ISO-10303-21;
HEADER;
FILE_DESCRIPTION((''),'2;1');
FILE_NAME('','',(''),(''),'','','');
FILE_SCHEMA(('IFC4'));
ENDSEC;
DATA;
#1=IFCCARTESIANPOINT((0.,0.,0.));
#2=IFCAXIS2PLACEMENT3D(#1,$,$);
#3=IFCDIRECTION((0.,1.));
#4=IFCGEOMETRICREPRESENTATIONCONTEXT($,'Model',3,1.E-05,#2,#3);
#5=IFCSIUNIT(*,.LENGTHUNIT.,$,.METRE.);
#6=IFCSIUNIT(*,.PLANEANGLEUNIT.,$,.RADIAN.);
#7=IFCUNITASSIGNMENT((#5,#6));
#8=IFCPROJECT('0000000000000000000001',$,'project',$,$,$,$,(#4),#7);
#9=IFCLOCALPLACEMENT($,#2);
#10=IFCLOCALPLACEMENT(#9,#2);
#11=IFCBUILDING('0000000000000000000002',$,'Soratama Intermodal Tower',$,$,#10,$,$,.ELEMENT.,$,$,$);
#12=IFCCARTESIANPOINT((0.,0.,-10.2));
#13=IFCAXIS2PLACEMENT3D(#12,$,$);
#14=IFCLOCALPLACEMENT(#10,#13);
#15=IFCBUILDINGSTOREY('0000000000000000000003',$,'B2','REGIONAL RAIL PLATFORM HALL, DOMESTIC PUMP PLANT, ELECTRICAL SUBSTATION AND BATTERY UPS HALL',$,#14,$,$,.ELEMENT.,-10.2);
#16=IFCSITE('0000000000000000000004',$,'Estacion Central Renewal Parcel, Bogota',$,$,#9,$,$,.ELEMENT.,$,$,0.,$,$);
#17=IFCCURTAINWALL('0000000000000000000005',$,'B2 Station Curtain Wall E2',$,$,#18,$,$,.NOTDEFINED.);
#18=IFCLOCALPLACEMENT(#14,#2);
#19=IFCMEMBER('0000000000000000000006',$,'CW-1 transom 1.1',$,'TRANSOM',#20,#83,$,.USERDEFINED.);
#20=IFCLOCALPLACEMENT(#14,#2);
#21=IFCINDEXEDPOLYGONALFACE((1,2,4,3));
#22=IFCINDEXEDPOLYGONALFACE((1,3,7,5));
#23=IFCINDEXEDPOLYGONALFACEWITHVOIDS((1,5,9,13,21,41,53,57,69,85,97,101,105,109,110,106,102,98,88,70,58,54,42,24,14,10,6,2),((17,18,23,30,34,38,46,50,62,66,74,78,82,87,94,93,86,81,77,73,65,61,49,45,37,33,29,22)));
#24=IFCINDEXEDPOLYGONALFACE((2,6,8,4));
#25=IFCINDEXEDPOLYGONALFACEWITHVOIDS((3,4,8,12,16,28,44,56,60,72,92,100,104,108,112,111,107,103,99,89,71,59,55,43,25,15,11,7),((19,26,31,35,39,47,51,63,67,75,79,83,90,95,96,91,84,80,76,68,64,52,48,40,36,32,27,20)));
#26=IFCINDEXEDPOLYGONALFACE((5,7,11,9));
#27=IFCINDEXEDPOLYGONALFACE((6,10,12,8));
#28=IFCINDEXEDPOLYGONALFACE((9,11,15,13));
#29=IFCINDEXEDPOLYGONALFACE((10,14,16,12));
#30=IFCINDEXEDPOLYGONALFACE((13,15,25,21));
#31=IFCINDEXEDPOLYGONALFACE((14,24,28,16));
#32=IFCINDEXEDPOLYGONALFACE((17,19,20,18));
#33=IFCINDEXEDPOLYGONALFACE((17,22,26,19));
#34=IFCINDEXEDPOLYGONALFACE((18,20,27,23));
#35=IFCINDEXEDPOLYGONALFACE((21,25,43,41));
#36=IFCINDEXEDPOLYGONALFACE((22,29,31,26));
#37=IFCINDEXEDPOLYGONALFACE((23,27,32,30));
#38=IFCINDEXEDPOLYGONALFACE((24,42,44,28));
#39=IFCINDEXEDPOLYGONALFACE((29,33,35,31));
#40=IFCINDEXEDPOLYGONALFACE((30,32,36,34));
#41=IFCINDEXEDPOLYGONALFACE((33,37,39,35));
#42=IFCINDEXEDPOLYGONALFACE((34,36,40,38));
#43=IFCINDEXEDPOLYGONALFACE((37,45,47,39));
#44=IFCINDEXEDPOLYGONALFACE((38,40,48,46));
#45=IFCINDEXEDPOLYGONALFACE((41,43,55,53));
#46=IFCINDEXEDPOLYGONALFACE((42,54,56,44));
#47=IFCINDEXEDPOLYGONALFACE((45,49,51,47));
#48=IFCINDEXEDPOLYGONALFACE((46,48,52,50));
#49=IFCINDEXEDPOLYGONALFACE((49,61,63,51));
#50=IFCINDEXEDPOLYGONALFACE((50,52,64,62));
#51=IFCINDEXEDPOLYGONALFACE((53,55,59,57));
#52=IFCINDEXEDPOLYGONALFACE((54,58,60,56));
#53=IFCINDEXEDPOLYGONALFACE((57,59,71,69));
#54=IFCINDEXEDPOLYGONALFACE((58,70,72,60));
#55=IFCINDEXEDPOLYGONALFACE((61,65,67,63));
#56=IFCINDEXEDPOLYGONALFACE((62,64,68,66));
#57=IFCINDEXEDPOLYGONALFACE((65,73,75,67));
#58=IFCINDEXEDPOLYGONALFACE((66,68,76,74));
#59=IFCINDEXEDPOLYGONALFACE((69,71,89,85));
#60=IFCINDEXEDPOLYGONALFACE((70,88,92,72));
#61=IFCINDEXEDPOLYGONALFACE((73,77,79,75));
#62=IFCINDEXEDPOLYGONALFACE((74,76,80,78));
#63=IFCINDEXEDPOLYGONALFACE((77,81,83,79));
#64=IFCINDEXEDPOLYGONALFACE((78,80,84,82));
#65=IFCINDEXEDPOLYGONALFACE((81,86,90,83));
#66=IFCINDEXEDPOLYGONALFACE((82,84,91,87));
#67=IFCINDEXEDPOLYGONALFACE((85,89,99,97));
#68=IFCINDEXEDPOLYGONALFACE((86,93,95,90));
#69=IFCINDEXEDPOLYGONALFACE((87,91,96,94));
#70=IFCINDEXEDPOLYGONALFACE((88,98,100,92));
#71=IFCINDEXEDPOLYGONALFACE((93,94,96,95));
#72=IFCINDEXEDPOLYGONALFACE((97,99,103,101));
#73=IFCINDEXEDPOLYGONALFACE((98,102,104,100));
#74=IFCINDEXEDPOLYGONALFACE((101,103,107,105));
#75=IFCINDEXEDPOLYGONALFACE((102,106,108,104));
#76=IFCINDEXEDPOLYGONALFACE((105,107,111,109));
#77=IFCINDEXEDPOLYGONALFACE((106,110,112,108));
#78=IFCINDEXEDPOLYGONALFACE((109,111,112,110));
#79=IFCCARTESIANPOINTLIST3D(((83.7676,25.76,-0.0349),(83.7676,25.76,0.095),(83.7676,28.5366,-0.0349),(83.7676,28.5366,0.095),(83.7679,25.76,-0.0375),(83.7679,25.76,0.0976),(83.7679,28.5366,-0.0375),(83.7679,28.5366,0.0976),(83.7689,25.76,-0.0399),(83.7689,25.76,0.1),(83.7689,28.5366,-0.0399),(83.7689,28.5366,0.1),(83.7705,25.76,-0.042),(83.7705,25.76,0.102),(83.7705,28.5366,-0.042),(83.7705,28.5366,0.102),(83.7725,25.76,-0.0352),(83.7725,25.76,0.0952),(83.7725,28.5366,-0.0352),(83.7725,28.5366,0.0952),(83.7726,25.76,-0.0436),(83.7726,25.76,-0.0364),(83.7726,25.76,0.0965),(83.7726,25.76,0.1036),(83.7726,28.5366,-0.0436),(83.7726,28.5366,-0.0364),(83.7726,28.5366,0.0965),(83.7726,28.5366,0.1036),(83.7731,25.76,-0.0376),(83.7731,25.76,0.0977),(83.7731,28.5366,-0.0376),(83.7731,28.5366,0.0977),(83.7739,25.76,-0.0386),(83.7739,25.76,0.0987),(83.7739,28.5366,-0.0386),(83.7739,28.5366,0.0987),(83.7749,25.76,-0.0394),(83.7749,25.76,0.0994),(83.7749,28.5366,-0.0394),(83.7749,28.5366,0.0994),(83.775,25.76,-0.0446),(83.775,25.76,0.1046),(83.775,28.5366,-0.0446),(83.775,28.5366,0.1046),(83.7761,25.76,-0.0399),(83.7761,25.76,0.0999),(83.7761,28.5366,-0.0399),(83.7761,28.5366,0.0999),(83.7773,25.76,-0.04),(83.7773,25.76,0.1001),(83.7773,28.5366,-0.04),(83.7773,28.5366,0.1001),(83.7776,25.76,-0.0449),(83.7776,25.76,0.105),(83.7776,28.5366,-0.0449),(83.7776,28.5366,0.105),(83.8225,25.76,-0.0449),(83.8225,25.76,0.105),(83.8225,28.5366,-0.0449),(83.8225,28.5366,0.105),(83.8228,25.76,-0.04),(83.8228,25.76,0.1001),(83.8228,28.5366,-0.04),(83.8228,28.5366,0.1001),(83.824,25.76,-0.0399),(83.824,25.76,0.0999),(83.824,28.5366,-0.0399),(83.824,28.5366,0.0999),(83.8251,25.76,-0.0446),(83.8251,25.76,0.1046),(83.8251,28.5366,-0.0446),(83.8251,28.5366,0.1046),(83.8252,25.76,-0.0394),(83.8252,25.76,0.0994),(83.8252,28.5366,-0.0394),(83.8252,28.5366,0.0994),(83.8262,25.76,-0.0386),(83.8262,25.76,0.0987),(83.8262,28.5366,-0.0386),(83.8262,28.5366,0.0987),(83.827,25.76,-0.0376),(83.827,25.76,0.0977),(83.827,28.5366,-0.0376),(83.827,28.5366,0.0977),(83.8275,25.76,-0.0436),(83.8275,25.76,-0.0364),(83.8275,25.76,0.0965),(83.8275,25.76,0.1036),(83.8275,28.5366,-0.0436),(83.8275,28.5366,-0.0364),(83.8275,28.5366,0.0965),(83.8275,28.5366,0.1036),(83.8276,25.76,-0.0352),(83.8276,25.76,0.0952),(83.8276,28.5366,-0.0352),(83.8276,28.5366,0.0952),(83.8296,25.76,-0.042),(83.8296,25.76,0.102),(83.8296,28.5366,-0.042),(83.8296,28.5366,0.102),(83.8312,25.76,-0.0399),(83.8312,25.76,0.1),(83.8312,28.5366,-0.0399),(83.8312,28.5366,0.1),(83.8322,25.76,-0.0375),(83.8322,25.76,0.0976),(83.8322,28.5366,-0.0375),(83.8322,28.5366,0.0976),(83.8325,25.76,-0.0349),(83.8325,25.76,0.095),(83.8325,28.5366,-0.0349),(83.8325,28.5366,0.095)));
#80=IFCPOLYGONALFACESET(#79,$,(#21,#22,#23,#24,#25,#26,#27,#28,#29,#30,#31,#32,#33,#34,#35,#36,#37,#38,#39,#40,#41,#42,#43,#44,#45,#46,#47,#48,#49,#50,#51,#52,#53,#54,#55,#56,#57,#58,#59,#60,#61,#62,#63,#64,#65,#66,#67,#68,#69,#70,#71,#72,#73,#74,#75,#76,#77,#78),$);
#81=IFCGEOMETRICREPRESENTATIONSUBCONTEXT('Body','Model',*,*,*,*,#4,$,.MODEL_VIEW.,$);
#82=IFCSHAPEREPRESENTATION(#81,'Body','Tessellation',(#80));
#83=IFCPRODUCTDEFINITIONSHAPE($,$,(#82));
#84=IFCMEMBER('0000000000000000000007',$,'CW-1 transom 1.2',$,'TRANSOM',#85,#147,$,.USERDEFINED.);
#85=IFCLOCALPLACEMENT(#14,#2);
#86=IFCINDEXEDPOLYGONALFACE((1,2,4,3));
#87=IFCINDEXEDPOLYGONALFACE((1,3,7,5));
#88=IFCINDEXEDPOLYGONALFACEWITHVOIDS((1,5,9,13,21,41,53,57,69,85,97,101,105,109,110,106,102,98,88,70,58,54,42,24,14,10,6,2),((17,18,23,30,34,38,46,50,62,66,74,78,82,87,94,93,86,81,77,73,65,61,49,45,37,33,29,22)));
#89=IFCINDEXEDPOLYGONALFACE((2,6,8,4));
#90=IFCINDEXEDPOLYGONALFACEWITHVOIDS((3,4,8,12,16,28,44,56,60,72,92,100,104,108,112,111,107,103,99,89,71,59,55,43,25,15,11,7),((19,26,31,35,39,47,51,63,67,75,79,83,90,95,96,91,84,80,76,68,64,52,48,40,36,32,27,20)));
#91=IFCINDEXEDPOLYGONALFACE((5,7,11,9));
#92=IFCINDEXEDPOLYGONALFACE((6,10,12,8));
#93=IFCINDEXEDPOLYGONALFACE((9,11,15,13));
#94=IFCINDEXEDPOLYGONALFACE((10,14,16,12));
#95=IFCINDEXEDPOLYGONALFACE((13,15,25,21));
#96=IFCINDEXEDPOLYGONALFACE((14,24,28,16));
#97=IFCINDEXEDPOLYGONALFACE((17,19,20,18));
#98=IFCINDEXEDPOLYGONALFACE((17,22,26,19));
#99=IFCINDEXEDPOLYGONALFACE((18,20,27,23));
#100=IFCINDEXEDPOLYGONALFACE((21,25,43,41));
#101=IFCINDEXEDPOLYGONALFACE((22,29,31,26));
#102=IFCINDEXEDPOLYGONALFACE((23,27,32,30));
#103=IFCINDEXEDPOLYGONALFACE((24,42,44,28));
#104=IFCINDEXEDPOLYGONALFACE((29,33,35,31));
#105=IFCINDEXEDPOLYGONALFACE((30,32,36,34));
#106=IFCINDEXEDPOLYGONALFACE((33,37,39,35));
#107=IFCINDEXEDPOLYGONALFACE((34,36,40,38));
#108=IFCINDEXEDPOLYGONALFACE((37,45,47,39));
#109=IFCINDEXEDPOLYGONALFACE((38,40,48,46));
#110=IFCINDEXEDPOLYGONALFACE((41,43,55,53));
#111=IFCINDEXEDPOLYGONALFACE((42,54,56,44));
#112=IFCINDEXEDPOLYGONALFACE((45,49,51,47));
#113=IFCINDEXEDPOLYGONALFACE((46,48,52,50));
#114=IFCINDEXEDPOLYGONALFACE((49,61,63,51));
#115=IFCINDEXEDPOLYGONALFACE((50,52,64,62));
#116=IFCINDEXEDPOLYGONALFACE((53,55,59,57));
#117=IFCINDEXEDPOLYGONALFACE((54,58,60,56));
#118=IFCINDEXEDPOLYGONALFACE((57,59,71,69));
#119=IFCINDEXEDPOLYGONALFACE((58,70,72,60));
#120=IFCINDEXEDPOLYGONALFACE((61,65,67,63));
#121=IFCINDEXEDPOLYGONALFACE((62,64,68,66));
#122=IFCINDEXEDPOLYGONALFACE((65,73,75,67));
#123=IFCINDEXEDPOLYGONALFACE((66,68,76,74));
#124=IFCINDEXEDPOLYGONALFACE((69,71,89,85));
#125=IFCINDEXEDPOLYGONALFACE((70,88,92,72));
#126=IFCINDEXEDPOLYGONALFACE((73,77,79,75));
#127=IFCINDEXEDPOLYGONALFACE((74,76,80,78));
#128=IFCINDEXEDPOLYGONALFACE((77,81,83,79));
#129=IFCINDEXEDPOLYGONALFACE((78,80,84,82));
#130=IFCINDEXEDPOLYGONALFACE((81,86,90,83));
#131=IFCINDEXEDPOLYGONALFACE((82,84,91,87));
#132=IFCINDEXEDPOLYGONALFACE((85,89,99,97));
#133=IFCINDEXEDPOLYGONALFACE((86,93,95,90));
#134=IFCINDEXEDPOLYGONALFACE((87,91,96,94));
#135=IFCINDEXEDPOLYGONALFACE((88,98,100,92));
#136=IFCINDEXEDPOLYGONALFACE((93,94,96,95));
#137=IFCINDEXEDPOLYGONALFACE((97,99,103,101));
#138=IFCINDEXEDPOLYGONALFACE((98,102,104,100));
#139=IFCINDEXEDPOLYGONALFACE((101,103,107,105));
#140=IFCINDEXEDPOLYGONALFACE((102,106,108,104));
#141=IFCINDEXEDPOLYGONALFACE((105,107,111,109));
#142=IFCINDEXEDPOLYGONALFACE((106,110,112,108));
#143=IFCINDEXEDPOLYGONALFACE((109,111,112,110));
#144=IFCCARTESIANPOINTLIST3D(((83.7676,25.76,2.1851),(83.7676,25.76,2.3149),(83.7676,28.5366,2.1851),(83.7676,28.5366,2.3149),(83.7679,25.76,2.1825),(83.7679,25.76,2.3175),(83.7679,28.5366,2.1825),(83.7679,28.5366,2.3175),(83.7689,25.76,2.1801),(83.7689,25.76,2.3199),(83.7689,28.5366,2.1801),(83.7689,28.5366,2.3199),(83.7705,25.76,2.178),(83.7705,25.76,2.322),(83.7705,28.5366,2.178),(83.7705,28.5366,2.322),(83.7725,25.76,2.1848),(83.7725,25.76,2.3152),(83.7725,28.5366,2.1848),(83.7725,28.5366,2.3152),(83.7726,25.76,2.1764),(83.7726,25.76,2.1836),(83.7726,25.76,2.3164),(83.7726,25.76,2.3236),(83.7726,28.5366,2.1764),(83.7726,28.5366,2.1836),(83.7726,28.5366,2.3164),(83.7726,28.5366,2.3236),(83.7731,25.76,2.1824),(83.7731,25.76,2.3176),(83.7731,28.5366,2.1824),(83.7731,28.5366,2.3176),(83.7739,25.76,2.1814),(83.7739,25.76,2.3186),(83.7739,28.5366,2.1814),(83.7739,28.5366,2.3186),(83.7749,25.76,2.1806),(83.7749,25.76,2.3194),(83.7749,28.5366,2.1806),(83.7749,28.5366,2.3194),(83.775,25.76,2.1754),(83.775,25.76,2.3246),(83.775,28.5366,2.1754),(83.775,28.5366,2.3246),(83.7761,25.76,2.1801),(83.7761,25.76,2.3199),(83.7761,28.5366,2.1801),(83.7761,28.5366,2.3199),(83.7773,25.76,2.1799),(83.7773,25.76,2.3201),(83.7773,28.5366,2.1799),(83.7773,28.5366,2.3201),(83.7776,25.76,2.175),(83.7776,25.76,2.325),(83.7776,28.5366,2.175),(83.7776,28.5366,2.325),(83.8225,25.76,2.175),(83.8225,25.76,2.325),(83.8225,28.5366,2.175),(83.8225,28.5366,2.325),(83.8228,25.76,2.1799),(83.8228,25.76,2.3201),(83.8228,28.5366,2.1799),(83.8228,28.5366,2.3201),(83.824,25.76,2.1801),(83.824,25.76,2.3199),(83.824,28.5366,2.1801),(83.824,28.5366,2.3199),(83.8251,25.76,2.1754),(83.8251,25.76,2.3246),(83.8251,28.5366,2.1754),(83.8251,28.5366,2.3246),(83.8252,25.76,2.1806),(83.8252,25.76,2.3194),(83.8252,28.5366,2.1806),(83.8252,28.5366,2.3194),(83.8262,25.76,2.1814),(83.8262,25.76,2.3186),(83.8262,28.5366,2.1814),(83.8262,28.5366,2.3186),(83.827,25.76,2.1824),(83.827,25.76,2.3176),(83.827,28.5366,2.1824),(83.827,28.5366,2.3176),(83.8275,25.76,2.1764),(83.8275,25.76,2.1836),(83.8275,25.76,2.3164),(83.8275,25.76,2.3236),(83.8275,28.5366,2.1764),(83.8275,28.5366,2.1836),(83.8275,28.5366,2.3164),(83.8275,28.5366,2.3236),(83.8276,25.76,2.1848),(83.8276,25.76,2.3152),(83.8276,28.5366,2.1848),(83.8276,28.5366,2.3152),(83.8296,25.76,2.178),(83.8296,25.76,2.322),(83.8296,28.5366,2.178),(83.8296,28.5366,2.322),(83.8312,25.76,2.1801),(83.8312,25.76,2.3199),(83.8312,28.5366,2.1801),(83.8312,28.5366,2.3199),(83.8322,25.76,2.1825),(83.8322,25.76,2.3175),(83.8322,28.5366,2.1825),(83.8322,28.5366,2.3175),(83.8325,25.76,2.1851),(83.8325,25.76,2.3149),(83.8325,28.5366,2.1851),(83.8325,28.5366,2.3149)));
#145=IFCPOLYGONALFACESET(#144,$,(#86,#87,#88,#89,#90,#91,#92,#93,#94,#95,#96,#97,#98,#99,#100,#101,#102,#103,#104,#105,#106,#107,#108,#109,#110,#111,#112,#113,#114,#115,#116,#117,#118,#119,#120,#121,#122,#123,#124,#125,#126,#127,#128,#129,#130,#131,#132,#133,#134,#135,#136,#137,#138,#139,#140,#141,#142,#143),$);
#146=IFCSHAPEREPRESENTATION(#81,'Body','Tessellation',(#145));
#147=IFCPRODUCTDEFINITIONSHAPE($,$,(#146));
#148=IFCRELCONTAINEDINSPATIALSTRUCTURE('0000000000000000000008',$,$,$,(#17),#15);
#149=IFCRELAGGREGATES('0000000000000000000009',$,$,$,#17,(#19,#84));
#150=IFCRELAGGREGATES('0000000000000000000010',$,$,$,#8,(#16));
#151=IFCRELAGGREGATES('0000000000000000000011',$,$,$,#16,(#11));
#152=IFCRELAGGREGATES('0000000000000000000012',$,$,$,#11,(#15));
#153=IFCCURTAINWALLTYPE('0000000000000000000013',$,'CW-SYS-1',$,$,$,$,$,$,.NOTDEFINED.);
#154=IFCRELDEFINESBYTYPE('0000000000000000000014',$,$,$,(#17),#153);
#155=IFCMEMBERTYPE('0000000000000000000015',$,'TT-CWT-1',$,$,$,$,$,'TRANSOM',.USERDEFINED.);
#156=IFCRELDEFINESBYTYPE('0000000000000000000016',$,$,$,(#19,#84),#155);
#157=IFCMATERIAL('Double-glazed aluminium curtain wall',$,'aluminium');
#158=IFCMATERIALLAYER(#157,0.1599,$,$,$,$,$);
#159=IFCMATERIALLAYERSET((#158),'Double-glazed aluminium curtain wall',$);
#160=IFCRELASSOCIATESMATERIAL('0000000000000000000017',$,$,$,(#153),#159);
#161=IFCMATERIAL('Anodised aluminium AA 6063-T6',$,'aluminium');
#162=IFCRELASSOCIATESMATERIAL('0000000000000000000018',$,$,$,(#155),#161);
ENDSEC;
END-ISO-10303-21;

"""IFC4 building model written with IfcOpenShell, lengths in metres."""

from ifc_helpers import new_model, si_unit, direction, frame, origin, origin_2d, place, context, subcontext, project, spatial, hollow_rectangle, extrude, material, layer, layer_set, material_profile, profile_set, type_object, element, aggregate, save


model = new_model("IFC4")

# Units and contexts
model_context = context("Model", 3, precision=1e-05, world=origin(), true_north=direction((0.0, 1.0)))
body_context = subcontext(model_context, "Body", "Model", "MODEL_VIEW")
ifc_project = project(units=[si_unit("LENGTHUNIT", "METRE"), si_unit("PLANEANGLEUNIT", "RADIAN")], contexts=[model_context])

# Site, building, storey
site_placement = place(None, origin())
site = spatial("IfcSite", under=ifc_project, at=site_placement, Name="Estacion Central Renewal Parcel, Bogota", CompositionType="ELEMENT", RefElevation=0.0)
building_placement = place(site_placement, origin())
building = spatial("IfcBuilding", under=site, at=building_placement, Name="Soratama Intermodal Tower", CompositionType="ELEMENT")
storey_placement = place(building_placement, frame((0.0, 0.0, -10.2)))
storey = spatial("IfcBuildingStorey", under=building, at=storey_placement, Name="B2", Description="REGIONAL RAIL PLATFORM HALL, DOMESTIC PUMP PLANT, ELECTRICAL SUBSTATION AND BATTERY UPS HALL", CompositionType="ELEMENT", Elevation=-10.2)

# Curtain wall, members
ifc_material_1 = material(Name="Double-glazed aluminium curtain wall", Category="aluminium")
ifc_layer_1 = layer(ifc_material_1, 0.1599)
ifc_layer_set_1 = layer_set([ifc_layer_1], Name="Double-glazed aluminium curtain wall")
curtain_wall_type = type_object("IfcCurtainWallType", Name="CW-SYS-1", PredefinedType="NOTDEFINED", material=ifc_layer_set_1)
curtain_wall_placement = place(storey_placement, origin())
curtain_wall = element("IfcCurtainWall", 1, at=curtain_wall_placement, inside=storey, type_object=curtain_wall_type, Name="B2 Station Curtain Wall E2", PredefinedType="NOTDEFINED")
ifc_material_2 = material(Name="Anodised aluminium AA 6063-T6", Category="aluminium")
ifc_material_profile_1 = material_profile(ifc_material_2, hollow_rectangle(XDim=0.0649, YDim=0.1499, WallThickness=0.0049, InnerFilletRadius=0.0049, OuterFilletRadius=0.01, at=origin_2d()), Name="CWT150X65X5")
ifc_profile_set_1 = profile_set([ifc_material_profile_1], Name="Anodised aluminium AA 6063-T6")
member_type_1 = type_object("IfcMemberType", Name="TT-CWT-1", ElementType="TRANSOM", PredefinedType="USERDEFINED", material=ifc_profile_set_1)
member_1_placement = place(storey_placement, frame((83.8, 25.76, 0.03), z_axis=(0.0, 1.0, 0.0), x_axis=(-1.0, 0.0, 0.0)))
member_1 = element("IfcMember", 2, at=member_1_placement, type_object=member_type_1, Name="CW-1 transom 1.1", ObjectType="TRANSOM", PredefinedType="USERDEFINED", context=body_context, shape_type="SweptSolid", body=[
    extrude(hollow_rectangle(XDim=0.0649, YDim=0.1499, WallThickness=0.0049, InnerFilletRadius=0.0049, OuterFilletRadius=0.01, at=origin_2d()), origin(), (0.0, 0.0, 1.0), 2.7766),
])
member_2_placement = place(storey_placement, frame((83.8, 25.76, 2.25), z_axis=(0.0, 1.0, 0.0), x_axis=(-1.0, 0.0, 0.0)))
member_2 = element("IfcMember", 3, at=member_2_placement, type_object=member_type_1, Name="CW-1 transom 1.2", ObjectType="TRANSOM", PredefinedType="USERDEFINED", context=body_context, shape_type="SweptSolid", body=[
    extrude(hollow_rectangle(XDim=0.0649, YDim=0.1499, WallThickness=0.0049, InnerFilletRadius=0.0049, OuterFilletRadius=0.01, at=origin_2d()), origin(), (0.0, 0.0, 1.0), 2.7766),
])
aggregate(curtain_wall, [member_1, member_2])

save(model, "model.ifc")
